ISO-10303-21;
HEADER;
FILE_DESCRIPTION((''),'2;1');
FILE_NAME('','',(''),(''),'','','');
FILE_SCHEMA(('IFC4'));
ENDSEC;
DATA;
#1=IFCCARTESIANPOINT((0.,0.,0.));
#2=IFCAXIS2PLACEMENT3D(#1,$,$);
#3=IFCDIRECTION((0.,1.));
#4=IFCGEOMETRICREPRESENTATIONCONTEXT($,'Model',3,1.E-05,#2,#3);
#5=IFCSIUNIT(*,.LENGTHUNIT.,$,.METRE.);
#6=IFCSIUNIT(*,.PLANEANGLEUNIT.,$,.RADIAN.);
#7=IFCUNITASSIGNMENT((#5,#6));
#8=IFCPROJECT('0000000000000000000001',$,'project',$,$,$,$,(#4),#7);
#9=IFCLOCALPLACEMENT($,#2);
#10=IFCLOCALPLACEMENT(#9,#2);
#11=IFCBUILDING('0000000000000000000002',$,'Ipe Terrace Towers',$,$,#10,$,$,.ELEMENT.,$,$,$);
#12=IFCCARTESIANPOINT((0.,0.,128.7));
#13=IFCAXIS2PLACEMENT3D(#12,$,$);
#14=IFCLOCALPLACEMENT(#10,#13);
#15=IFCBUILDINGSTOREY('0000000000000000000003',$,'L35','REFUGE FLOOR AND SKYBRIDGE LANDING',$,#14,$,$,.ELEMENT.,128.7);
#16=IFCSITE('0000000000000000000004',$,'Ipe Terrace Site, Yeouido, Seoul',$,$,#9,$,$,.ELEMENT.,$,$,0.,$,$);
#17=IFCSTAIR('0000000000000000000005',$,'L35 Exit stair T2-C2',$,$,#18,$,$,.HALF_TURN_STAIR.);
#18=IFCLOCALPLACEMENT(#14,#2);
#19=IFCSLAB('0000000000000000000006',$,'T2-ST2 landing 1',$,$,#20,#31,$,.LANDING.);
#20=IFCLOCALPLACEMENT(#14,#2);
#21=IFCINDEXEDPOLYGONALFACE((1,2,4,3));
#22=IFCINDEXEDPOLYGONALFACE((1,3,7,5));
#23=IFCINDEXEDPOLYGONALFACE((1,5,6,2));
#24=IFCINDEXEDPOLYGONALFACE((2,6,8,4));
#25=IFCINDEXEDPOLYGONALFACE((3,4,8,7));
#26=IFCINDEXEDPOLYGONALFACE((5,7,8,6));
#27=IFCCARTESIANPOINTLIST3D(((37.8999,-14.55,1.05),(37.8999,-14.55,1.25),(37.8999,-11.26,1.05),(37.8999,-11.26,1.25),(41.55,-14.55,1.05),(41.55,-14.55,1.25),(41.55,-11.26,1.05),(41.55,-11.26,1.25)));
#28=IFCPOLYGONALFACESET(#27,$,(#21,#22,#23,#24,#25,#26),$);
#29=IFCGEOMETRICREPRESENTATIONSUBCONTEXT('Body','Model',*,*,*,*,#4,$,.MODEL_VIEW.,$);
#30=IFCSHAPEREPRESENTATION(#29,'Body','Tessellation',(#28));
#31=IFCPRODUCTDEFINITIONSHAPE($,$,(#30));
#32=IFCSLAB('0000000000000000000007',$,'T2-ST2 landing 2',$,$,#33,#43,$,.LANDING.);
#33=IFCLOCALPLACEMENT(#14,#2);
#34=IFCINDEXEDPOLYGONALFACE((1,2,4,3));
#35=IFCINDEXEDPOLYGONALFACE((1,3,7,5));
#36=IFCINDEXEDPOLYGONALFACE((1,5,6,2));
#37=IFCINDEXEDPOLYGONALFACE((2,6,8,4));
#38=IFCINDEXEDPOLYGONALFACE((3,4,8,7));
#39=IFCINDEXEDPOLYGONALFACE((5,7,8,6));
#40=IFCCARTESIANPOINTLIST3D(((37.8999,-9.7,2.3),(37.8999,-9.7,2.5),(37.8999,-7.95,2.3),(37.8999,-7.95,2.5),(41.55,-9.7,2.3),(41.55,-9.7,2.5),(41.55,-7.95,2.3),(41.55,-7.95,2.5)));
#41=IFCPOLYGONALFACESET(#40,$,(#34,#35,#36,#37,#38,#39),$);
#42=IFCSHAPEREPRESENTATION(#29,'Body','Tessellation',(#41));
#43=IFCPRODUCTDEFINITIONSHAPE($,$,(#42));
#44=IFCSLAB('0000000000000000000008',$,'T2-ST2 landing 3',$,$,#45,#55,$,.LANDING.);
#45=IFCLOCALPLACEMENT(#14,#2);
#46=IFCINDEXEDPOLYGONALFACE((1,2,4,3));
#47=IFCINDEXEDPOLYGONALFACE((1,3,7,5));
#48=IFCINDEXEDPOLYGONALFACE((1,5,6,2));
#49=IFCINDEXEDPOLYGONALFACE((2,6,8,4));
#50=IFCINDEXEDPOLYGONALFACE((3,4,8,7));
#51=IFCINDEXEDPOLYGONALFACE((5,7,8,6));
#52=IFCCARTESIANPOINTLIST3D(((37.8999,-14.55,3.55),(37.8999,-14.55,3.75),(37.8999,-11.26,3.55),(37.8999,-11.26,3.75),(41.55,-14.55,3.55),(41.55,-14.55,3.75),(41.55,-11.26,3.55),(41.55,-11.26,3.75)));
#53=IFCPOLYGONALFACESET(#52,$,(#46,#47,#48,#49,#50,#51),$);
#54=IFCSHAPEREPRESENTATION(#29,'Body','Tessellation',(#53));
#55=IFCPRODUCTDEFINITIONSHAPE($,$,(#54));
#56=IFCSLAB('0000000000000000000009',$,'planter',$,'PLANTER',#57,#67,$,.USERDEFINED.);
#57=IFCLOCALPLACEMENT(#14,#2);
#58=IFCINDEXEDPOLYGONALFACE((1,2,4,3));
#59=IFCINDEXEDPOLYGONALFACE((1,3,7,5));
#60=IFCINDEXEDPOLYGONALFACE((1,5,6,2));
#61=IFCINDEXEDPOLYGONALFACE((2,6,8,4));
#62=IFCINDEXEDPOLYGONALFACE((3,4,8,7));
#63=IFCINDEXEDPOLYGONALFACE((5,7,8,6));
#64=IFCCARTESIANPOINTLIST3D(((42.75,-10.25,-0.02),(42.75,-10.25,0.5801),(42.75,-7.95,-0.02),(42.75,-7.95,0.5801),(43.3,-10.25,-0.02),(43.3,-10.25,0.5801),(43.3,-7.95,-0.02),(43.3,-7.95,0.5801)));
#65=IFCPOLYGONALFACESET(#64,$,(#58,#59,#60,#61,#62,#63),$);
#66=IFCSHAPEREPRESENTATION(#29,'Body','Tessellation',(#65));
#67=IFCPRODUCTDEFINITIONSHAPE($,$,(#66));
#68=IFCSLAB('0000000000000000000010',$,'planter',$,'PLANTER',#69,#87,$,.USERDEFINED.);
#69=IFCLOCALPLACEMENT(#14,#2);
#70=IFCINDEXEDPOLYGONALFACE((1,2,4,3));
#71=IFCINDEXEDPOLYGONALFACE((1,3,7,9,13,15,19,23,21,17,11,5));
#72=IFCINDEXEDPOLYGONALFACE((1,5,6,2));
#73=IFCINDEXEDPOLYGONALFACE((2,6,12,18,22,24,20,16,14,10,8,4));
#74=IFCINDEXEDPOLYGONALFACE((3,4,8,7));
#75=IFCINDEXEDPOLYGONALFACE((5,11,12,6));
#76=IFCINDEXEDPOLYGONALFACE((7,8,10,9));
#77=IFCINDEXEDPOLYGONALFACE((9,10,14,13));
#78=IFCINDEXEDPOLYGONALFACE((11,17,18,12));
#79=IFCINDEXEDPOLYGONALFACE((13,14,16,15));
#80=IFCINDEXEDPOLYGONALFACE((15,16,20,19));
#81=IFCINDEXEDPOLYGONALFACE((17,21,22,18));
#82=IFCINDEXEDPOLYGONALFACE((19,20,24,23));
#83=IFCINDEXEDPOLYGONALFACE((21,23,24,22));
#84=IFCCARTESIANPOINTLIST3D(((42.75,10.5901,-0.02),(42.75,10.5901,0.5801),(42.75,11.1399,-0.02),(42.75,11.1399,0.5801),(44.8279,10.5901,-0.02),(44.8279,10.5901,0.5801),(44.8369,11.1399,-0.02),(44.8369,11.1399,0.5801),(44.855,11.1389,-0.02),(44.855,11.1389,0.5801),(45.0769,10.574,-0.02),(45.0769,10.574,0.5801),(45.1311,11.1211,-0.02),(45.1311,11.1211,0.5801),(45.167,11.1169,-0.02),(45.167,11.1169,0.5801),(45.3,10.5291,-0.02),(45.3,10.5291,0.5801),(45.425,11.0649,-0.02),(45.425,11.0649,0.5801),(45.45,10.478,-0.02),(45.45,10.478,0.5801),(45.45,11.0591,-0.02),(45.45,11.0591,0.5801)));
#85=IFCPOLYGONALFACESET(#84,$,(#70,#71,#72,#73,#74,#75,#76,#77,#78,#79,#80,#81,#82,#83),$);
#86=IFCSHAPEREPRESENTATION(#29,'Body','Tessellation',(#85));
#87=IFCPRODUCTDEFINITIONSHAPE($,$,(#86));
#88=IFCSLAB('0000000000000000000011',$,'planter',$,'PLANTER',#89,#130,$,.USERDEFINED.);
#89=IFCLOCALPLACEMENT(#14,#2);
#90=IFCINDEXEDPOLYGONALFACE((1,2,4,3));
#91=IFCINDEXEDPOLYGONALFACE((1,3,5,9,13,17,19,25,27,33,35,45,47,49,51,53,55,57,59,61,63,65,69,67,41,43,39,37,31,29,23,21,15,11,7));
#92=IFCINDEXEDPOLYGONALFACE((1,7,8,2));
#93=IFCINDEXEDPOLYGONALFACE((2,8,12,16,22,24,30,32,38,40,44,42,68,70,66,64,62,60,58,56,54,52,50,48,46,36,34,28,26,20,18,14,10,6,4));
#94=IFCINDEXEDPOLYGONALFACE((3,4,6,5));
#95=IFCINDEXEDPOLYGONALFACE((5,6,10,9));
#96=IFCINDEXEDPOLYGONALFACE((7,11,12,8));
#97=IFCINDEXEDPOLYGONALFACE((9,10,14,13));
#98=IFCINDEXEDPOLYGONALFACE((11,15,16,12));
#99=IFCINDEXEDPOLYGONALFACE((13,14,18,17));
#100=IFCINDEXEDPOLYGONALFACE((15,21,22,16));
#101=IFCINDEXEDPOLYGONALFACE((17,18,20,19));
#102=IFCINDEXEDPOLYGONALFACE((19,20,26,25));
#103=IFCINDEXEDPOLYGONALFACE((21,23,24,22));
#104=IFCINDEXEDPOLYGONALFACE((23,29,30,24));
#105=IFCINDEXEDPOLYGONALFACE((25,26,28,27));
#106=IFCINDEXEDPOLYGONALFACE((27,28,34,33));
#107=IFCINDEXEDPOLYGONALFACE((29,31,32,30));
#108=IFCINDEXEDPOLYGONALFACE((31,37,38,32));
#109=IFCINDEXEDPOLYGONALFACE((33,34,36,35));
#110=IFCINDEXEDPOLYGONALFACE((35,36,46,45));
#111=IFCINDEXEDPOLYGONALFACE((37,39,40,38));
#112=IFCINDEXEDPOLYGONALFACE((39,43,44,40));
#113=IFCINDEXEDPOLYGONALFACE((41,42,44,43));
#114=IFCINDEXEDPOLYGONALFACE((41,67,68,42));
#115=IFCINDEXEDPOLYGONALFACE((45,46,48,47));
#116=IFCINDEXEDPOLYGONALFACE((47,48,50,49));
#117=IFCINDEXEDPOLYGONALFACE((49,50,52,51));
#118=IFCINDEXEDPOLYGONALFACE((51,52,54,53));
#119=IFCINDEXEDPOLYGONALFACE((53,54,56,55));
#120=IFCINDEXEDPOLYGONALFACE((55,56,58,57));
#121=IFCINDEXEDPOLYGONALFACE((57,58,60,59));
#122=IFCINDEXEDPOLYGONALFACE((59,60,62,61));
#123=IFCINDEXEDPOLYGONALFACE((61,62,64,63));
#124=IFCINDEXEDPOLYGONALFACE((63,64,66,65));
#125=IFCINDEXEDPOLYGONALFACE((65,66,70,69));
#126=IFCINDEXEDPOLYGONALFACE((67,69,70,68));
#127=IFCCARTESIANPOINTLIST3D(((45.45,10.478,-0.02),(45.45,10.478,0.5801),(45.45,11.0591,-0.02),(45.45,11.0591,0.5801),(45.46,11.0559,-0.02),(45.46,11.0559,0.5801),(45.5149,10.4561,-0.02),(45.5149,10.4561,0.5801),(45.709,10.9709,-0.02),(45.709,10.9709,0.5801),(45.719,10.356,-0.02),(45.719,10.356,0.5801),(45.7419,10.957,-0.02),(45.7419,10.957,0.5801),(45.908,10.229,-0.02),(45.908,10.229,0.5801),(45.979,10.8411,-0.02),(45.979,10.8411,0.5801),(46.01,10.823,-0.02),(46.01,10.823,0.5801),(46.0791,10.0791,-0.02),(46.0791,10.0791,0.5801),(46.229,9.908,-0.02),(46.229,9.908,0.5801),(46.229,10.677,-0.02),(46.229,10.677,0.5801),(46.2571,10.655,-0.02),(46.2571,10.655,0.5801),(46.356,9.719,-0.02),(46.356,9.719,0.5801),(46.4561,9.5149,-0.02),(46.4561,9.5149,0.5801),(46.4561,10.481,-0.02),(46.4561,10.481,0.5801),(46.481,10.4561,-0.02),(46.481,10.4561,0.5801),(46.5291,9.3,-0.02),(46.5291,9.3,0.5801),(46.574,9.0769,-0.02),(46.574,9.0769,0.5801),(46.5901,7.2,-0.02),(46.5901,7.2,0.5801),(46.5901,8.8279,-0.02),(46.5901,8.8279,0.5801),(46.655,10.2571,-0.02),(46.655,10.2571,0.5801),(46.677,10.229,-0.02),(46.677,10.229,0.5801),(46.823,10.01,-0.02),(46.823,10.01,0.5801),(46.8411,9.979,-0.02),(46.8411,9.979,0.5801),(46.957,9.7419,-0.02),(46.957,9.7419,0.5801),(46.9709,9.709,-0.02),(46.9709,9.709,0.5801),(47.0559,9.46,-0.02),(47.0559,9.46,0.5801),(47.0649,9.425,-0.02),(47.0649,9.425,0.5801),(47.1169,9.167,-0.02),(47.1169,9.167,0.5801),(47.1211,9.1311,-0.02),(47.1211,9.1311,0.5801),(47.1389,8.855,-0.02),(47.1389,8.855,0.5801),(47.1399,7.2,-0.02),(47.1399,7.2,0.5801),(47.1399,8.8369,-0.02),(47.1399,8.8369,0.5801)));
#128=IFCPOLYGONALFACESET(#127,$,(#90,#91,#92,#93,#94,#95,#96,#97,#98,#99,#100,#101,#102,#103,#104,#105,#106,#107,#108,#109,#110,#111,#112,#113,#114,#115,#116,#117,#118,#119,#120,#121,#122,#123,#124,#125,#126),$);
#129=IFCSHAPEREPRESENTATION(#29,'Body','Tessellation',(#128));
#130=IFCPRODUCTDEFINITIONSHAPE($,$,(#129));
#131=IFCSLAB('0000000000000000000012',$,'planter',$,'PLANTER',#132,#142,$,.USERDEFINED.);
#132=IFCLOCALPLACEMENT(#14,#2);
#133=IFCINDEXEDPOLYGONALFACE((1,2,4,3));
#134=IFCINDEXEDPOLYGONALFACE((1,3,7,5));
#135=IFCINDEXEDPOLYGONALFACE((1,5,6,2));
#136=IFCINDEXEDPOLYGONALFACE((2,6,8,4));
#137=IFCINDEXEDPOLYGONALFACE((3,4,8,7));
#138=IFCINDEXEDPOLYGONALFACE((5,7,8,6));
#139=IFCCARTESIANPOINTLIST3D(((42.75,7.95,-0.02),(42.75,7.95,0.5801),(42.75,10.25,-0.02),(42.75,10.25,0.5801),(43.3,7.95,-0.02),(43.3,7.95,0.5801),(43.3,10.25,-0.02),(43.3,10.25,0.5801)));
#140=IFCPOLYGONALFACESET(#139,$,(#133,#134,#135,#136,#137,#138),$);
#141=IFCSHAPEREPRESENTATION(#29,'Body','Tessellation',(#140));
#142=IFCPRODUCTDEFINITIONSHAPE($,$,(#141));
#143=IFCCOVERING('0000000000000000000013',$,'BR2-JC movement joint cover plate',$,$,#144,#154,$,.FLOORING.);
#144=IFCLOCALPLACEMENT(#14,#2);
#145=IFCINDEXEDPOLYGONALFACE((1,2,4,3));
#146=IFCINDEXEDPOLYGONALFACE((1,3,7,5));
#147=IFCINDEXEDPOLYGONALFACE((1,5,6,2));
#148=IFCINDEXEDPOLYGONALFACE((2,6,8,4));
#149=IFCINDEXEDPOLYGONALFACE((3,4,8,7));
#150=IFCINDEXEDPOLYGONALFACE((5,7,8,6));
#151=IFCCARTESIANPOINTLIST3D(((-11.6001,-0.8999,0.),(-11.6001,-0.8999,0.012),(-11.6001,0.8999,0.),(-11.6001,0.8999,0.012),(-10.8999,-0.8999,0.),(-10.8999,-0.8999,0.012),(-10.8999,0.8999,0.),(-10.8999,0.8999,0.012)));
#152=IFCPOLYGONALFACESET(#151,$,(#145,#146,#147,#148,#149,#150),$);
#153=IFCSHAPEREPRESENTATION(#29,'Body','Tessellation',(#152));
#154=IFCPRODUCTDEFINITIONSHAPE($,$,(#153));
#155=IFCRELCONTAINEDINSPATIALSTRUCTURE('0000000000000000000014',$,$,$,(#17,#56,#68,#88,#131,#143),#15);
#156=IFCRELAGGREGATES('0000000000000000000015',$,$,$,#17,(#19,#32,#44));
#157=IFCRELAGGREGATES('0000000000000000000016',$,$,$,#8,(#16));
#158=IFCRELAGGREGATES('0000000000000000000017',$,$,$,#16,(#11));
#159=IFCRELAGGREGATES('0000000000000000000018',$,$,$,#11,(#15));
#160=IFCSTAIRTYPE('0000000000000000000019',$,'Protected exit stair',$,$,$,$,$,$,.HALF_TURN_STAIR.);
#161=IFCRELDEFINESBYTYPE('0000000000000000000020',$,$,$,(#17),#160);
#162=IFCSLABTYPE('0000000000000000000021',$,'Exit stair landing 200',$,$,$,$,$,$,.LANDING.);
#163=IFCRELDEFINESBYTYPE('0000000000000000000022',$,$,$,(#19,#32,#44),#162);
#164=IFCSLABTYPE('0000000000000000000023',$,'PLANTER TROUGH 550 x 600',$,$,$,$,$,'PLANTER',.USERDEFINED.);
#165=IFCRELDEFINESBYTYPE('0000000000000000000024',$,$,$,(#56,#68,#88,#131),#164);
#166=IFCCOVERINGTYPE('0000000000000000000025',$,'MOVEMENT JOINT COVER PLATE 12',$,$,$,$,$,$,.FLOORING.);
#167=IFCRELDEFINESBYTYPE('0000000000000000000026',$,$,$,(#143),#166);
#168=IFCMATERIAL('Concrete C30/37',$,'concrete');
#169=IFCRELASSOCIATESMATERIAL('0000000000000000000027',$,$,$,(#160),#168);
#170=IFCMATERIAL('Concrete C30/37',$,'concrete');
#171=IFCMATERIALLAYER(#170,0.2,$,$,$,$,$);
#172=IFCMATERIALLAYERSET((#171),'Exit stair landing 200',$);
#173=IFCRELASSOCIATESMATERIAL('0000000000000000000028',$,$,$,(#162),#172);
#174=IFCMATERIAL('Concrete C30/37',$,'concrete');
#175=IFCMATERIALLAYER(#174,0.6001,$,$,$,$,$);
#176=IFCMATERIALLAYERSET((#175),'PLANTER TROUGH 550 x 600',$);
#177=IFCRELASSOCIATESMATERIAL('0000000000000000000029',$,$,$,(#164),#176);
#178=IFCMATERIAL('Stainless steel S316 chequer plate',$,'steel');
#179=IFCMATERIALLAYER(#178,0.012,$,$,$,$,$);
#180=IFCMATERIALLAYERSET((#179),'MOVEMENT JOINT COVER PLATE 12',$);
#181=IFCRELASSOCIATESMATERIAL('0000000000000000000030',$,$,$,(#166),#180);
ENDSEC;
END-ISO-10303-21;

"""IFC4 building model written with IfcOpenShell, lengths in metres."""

from ifc_helpers import new_model, si_unit, direction, frame, origin, place, context, subcontext, project, spatial, polyline, outline, extrude, material, layer, layer_set, type_object, element, aggregate, save


model = new_model("IFC4")

# Units and contexts
model_context = context("Model", 3, precision=1e-05, world=origin(), true_north=direction((0.0, 1.0)))
body_context = subcontext(model_context, "Body", "Model", "MODEL_VIEW")
ifc_project = project(units=[si_unit("LENGTHUNIT", "METRE"), si_unit("PLANEANGLEUNIT", "RADIAN")], contexts=[model_context])

# Site, building, storey
site_placement = place(None, origin())
site = spatial("IfcSite", under=ifc_project, at=site_placement, Name="Ipe Terrace Site, Yeouido, Seoul", CompositionType="ELEMENT", RefElevation=0.0)
building_placement = place(site_placement, origin())
building = spatial("IfcBuilding", under=site, at=building_placement, Name="Ipe Terrace Towers", CompositionType="ELEMENT")
storey_placement = place(building_placement, frame((0.0, 0.0, 128.7)))
storey = spatial("IfcBuildingStorey", under=building, at=storey_placement, Name="L35", Description="REFUGE FLOOR AND SKYBRIDGE LANDING", CompositionType="ELEMENT", Elevation=128.7)

# Stair, slabs
ifc_material_1 = material(Name="Concrete C30/37", Category="concrete")
stair_type = type_object("IfcStairType", Name="Protected exit stair", PredefinedType="HALF_TURN_STAIR", material=ifc_material_1)
ifc_material_2 = material(Name="Concrete C30/37", Category="concrete")
ifc_layer_1 = layer(ifc_material_2, 0.2)
ifc_layer_set_1 = layer_set([ifc_layer_1], Name="Exit stair landing 200")
slab_type_1 = type_object("IfcSlabType", Name="Exit stair landing 200", PredefinedType="LANDING", material=ifc_layer_set_1)
stair_1_placement = place(storey_placement, origin())
stair_1 = element("IfcStair", 1, at=stair_1_placement, inside=storey, type_object=stair_type, Name="L35 Exit stair T2-C2", PredefinedType="HALF_TURN_STAIR")
slab_1_placement = place(storey_placement, frame((0.0, 0.0, 1.05)))
slab_1 = element("IfcSlab", 2, at=slab_1_placement, type_object=slab_type_1, Name="T2-ST2 landing 1", PredefinedType="LANDING", context=body_context, shape_type="SweptSolid", body=[
    extrude(outline(polyline([(37.8999, -11.26), (37.8999, -14.55), (41.55, -14.55), (41.55, -11.26), (37.8999, -11.26)])), origin(), (0.0, 0.0, 1.0), 0.2),
])
slab_2_placement = place(storey_placement, frame((0.0, 0.0, 2.3)))
slab_2 = element("IfcSlab", 3, at=slab_2_placement, type_object=slab_type_1, Name="T2-ST2 landing 2", PredefinedType="LANDING", context=body_context, shape_type="SweptSolid", body=[
    extrude(outline(polyline([(37.8999, -7.95), (37.8999, -9.7), (41.55, -9.7), (41.55, -7.95), (37.8999, -7.95)])), origin(), (0.0, 0.0, 1.0), 0.2),
])
slab_3_placement = place(storey_placement, frame((0.0, 0.0, 3.55)))
slab_3 = element("IfcSlab", 4, at=slab_3_placement, type_object=slab_type_1, Name="T2-ST2 landing 3", PredefinedType="LANDING", context=body_context, shape_type="SweptSolid", body=[
    extrude(outline(polyline([(37.8999, -11.26), (37.8999, -14.55), (41.55, -14.55), (41.55, -11.26), (37.8999, -11.26)])), origin(), (0.0, 0.0, 1.0), 0.2),
])
aggregate(stair_1, [slab_1, slab_2, slab_3])

# Slabs
ifc_material_3 = material(Name="Concrete C30/37", Category="concrete")
ifc_layer_2 = layer(ifc_material_3, 0.6001)
ifc_layer_set_2 = layer_set([ifc_layer_2], Name="PLANTER TROUGH 550 x 600")
slab_type_2 = type_object("IfcSlabType", Name="PLANTER TROUGH 550 x 600", ElementType="PLANTER", PredefinedType="USERDEFINED", material=ifc_layer_set_2)
slab_4_placement = place(storey_placement, frame((0.0, 0.0, -0.02)))
element("IfcSlab", 5, at=slab_4_placement, inside=storey, type_object=slab_type_2, Name="planter", ObjectType="PLANTER", PredefinedType="USERDEFINED", context=body_context, shape_type="SweptSolid", body=[
    extrude(outline(polyline([(42.75, -7.95), (42.75, -10.25), (43.3, -10.25), (43.3, -7.95), (42.75, -7.95)])), origin(), (0.0, 0.0, 1.0), 0.6001),
])
slab_5_placement = place(storey_placement, frame((0.0, 0.0, -0.02)))
element("IfcSlab", 6, at=slab_5_placement, inside=storey, type_object=slab_type_2, Name="planter", ObjectType="PLANTER", PredefinedType="USERDEFINED", context=body_context, shape_type="SweptSolid", body=[
    extrude(outline(polyline([(45.3, 10.5291), (45.45, 10.478), (45.45, 11.0591), (45.425, 11.0649), (45.167, 11.1169), (45.1311, 11.1211), (44.855, 11.1389), (44.8369, 11.1399), (42.75, 11.1399), (42.75, 10.5901), (44.8279, 10.5901), (45.0769, 10.574), (45.3, 10.5291)])), origin(), (0.0, 0.0, 1.0), 0.6001),
])
slab_6_placement = place(storey_placement, frame((0.0, 0.0, -0.02)))
element("IfcSlab", 7, at=slab_6_placement, inside=storey, type_object=slab_type_2, Name="planter", ObjectType="PLANTER", PredefinedType="USERDEFINED", context=body_context, shape_type="SweptSolid", body=[
    extrude(outline(polyline([(45.5149, 10.4561), (45.719, 10.356), (45.908, 10.229), (46.0791, 10.0791), (46.229, 9.908), (46.356, 9.719), (46.4561, 9.5149), (46.5291, 9.3), (46.574, 9.0769), (46.5901, 8.8279), (46.5901, 7.2), (47.1399, 7.2), (47.1399, 8.8369), (47.1389, 8.855), (47.1211, 9.1311), (47.1169, 9.167), (47.0649, 9.425), (47.0559, 9.46), (46.9709, 9.709), (46.957, 9.7419), (46.8411, 9.979), (46.823, 10.01), (46.677, 10.229), (46.655, 10.2571), (46.481, 10.4561), (46.4561, 10.481), (46.2571, 10.655), (46.229, 10.677), (46.01, 10.823), (45.979, 10.8411), (45.7419, 10.957), (45.709, 10.9709), (45.46, 11.0559), (45.45, 11.0591), (45.45, 10.478), (45.5149, 10.4561)])), origin(), (0.0, 0.0, 1.0), 0.6001),
])
slab_7_placement = place(storey_placement, frame((0.0, 0.0, -0.02)))
element("IfcSlab", 8, at=slab_7_placement, inside=storey, type_object=slab_type_2, Name="planter", ObjectType="PLANTER", PredefinedType="USERDEFINED", context=body_context, shape_type="SweptSolid", body=[
    extrude(outline(polyline([(42.75, 7.95), (43.3, 7.95), (43.3, 10.25), (42.75, 10.25), (42.75, 7.95)])), origin(), (0.0, 0.0, 1.0), 0.6001),
])

# Covering
ifc_material_4 = material(Name="Stainless steel S316 chequer plate", Category="steel")
ifc_layer_3 = layer(ifc_material_4, 0.012)
ifc_layer_set_3 = layer_set([ifc_layer_3], Name="MOVEMENT JOINT COVER PLATE 12")
covering_type_1 = type_object("IfcCoveringType", Name="MOVEMENT JOINT COVER PLATE 12", PredefinedType="FLOORING", material=ifc_layer_set_3)
covering_1_placement = place(storey_placement, origin())
element("IfcCovering", 9, at=covering_1_placement, inside=storey, type_object=covering_type_1, Name="BR2-JC movement joint cover plate", PredefinedType="FLOORING", context=body_context, shape_type="SweptSolid", body=[
    extrude(outline(polyline([(-11.6001, -0.8999), (-10.8999, -0.8999), (-10.8999, 0.8999), (-11.6001, 0.8999), (-11.6001, -0.8999)])), origin(), (0.0, 0.0, 1.0), 0.012),
])

save(model, "model.ifc")
